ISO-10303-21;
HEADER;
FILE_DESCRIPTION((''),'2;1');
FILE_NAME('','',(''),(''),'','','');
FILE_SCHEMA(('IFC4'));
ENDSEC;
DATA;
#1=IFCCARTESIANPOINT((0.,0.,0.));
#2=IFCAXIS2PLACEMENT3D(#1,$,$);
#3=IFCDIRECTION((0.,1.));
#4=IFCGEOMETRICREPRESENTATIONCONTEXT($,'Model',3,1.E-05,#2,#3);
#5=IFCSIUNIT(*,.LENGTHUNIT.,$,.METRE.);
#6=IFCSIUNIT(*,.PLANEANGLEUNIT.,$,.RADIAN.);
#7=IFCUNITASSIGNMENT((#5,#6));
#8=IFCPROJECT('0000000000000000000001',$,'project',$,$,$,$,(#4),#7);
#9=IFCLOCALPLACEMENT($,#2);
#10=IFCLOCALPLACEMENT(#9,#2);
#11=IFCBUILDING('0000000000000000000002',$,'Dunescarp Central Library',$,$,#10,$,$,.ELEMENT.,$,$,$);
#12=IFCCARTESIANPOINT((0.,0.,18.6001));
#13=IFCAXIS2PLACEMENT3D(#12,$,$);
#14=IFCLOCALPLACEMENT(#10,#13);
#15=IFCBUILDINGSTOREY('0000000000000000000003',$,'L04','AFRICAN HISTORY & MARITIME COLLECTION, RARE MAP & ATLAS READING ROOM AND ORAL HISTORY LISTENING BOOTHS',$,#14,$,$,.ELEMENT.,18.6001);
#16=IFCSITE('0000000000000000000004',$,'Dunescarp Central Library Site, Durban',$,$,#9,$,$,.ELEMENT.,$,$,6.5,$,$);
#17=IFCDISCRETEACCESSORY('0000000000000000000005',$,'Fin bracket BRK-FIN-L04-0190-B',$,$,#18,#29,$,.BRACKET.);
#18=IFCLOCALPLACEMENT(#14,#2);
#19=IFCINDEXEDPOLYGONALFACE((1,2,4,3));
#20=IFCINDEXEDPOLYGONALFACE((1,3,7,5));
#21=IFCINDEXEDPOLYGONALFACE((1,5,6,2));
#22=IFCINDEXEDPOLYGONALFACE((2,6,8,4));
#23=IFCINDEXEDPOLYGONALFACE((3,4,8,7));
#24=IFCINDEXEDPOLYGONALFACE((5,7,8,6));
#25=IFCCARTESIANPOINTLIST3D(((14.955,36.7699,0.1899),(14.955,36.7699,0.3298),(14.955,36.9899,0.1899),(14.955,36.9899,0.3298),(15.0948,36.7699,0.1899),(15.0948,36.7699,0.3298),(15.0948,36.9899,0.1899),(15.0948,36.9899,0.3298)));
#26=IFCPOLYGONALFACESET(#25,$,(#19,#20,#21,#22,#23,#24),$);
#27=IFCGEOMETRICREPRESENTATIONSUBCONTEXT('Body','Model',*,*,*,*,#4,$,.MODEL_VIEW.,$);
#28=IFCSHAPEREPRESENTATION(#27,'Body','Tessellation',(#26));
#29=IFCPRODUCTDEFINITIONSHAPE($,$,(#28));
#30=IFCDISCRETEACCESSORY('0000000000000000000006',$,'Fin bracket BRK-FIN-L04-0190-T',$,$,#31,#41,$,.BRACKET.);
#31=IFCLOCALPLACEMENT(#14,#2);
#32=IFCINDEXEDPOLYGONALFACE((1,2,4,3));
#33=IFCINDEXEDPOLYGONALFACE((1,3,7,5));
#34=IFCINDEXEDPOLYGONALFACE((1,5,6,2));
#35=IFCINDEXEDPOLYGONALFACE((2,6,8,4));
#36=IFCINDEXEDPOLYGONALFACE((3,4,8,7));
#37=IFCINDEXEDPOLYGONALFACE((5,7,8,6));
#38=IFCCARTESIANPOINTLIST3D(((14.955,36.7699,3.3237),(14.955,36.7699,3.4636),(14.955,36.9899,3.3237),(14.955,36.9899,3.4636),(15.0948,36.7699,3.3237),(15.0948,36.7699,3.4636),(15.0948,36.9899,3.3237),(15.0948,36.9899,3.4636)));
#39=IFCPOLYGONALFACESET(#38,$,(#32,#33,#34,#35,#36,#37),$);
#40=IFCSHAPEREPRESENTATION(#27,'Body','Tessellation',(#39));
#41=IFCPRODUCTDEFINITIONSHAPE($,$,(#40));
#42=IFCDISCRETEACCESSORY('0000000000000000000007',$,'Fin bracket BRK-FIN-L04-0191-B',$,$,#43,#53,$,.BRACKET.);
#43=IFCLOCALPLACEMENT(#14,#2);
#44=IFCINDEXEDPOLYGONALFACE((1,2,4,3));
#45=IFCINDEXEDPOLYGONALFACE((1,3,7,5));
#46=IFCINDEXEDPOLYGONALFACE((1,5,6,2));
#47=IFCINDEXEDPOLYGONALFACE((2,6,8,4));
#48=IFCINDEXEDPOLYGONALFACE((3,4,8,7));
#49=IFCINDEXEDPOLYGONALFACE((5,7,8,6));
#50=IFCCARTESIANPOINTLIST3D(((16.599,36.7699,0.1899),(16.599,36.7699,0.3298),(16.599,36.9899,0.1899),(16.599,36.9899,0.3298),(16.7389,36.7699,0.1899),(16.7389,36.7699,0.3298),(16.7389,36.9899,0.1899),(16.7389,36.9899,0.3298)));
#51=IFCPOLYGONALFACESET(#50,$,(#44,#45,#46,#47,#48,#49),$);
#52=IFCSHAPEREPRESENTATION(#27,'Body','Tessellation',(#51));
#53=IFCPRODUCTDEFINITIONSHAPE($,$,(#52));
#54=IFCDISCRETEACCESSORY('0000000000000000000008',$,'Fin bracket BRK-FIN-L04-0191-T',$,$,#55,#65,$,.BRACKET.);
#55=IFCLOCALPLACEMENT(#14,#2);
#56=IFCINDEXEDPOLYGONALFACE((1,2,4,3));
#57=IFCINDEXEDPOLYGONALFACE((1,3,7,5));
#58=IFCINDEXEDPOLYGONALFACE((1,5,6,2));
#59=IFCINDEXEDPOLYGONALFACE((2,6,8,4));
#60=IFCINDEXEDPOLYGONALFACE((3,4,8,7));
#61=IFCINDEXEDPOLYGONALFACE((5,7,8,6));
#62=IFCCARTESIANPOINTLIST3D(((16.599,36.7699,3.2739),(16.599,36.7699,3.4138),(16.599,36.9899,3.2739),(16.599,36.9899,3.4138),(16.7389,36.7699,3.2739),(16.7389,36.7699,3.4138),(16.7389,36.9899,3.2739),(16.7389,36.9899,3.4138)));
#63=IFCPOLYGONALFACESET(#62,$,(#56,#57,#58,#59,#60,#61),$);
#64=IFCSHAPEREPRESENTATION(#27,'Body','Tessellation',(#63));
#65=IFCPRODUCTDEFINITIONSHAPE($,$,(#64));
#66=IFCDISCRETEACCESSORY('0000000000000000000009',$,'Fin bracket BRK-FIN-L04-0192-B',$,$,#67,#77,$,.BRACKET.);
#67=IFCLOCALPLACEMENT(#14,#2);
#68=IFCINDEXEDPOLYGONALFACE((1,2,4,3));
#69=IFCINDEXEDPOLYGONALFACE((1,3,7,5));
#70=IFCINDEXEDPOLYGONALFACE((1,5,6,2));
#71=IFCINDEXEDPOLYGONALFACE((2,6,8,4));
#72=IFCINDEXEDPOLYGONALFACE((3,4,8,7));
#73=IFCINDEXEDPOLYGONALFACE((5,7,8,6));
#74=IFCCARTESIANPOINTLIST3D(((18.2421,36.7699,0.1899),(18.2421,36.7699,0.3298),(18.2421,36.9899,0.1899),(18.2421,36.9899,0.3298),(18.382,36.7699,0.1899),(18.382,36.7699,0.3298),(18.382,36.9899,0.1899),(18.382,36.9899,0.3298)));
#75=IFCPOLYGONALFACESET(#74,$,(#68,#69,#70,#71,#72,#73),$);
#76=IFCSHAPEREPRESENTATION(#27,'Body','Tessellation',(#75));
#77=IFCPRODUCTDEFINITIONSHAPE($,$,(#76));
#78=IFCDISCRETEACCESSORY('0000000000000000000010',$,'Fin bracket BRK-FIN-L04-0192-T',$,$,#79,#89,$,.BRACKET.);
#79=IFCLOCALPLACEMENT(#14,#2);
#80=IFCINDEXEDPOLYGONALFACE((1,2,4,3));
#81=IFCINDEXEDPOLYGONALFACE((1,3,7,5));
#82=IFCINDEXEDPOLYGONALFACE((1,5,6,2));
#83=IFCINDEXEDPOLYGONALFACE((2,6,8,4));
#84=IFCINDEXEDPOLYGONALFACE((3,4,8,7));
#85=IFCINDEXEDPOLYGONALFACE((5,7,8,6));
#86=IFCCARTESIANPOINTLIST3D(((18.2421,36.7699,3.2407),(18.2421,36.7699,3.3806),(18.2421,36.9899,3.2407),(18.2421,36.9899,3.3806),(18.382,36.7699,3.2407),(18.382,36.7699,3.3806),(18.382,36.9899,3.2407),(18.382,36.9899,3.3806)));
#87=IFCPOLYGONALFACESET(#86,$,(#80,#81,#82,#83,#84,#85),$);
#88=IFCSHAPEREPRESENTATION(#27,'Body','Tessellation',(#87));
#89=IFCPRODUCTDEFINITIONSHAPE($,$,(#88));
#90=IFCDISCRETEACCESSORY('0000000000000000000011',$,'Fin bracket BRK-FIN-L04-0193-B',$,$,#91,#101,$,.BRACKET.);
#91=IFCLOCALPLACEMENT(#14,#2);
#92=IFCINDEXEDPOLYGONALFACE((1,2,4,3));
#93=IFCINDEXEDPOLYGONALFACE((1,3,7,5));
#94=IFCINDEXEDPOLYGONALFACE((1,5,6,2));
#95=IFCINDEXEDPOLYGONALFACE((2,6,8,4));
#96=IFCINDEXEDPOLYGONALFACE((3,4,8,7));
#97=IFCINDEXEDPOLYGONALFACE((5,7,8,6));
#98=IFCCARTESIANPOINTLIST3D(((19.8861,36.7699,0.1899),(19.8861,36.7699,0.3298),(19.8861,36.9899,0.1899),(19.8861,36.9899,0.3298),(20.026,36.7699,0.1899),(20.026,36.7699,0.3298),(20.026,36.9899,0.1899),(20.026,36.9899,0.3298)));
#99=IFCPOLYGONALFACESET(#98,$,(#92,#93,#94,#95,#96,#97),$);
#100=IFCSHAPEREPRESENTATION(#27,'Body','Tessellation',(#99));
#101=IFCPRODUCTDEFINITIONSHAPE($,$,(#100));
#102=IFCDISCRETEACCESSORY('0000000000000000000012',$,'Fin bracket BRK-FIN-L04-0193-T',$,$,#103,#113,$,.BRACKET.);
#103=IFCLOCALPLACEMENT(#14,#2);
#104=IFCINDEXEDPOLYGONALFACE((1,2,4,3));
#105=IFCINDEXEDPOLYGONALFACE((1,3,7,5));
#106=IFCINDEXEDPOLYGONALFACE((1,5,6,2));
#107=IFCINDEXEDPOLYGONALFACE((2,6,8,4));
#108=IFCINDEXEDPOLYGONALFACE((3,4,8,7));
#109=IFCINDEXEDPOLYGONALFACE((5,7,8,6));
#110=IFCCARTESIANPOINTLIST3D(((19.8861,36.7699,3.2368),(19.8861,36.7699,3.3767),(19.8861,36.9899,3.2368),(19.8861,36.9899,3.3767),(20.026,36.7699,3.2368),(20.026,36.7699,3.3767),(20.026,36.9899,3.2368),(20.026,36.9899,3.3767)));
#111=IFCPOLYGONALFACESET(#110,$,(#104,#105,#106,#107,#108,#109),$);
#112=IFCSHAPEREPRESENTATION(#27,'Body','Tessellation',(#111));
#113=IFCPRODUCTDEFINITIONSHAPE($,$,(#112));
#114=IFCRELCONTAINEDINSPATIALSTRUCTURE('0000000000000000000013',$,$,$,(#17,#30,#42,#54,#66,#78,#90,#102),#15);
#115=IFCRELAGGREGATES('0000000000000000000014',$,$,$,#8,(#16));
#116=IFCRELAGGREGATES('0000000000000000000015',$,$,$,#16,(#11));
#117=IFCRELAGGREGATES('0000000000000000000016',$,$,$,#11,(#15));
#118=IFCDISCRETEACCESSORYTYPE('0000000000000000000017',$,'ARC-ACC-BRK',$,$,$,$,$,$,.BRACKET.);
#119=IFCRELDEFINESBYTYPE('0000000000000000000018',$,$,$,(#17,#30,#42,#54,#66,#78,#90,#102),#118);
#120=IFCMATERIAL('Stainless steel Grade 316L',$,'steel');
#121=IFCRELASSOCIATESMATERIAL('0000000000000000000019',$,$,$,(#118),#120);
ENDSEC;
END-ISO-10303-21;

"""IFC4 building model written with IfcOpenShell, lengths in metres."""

from ifc_helpers import new_model, si_unit, direction, frame, origin, origin_2d, place, context, subcontext, project, spatial, rectangle, extrude, material, type_object, element, save


model = new_model("IFC4")

# Units and contexts
model_context = context("Model", 3, precision=1e-05, world=origin(), true_north=direction((0.0, 1.0)))
body_context = subcontext(model_context, "Body", "Model", "MODEL_VIEW")
ifc_project = project(units=[si_unit("LENGTHUNIT", "METRE"), si_unit("PLANEANGLEUNIT", "RADIAN")], contexts=[model_context])

# Site, building, storey
site_placement = place(None, origin())
site = spatial("IfcSite", under=ifc_project, at=site_placement, Name="Dunescarp Central Library Site, Durban", CompositionType="ELEMENT", RefElevation=6.5)
building_placement = place(site_placement, origin())
building = spatial("IfcBuilding", under=site, at=building_placement, Name="Dunescarp Central Library", CompositionType="ELEMENT")
storey_placement = place(building_placement, frame((0.0, 0.0, 18.6001)))
storey = spatial("IfcBuildingStorey", under=building, at=storey_placement, Name="L04", Description="AFRICAN HISTORY & MARITIME COLLECTION, RARE MAP & ATLAS READING ROOM AND ORAL HISTORY LISTENING BOOTHS", CompositionType="ELEMENT", Elevation=18.6001)

# Discrete accessories
ifc_material_1 = material(Name="Stainless steel Grade 316L", Category="steel")
discrete_accessory_type = type_object("IfcDiscreteAccessoryType", Name="ARC-ACC-BRK", PredefinedType="BRACKET", material=ifc_material_1)
for number, where, z_axis, x_axis, name in (
    (1, (15.0249, 36.8799, 0.1899), (0.0, 0.0, 1.0), (0.0, 1.0, 0.0), "Fin bracket BRK-FIN-L04-0190-B"),
    (2, (15.0249, 36.8799, 3.3237), (0.0, 0.0, 1.0), (0.0, 1.0, 0.0), "Fin bracket BRK-FIN-L04-0190-T"),
    (3, (16.6689, 36.8799, 0.1899), (0.0, 0.0, 1.0), (0.0, 1.0, 0.0), "Fin bracket BRK-FIN-L04-0191-B"),
    (4, (16.6689, 36.8799, 3.2739), (0.0, 0.0, 1.0), (0.0, 1.0, 0.0), "Fin bracket BRK-FIN-L04-0191-T"),
    (5, (18.312, 36.8799, 0.1899), (0.0, 0.0, 1.0), (0.0, 1.0, 0.0), "Fin bracket BRK-FIN-L04-0192-B"),
    (6, (18.312, 36.8799, 3.2407), (0.0, 0.0, 1.0), (0.0, 1.0, 0.0), "Fin bracket BRK-FIN-L04-0192-T"),
    (7, (19.9561, 36.8799, 0.1899), (0.0, 0.0, 1.0), (0.0, 1.0, 0.0), "Fin bracket BRK-FIN-L04-0193-B"),
    (8, (19.9561, 36.8799, 3.2368), (0.0, 0.0, 1.0), (0.0, 1.0, 0.0), "Fin bracket BRK-FIN-L04-0193-T"),
):
    element("IfcDiscreteAccessory", number, at=place(storey_placement, frame(where, z_axis=z_axis, x_axis=x_axis)), inside=storey, type_object=discrete_accessory_type, Name=name, PredefinedType="BRACKET", context=body_context, shape_type="SweptSolid", body=[
        extrude(rectangle(XDim=0.22, YDim=0.1399, at=origin_2d()), origin(), (0.0, 0.0, 1.0), 0.1399),
    ])

save(model, "model.ifc")
